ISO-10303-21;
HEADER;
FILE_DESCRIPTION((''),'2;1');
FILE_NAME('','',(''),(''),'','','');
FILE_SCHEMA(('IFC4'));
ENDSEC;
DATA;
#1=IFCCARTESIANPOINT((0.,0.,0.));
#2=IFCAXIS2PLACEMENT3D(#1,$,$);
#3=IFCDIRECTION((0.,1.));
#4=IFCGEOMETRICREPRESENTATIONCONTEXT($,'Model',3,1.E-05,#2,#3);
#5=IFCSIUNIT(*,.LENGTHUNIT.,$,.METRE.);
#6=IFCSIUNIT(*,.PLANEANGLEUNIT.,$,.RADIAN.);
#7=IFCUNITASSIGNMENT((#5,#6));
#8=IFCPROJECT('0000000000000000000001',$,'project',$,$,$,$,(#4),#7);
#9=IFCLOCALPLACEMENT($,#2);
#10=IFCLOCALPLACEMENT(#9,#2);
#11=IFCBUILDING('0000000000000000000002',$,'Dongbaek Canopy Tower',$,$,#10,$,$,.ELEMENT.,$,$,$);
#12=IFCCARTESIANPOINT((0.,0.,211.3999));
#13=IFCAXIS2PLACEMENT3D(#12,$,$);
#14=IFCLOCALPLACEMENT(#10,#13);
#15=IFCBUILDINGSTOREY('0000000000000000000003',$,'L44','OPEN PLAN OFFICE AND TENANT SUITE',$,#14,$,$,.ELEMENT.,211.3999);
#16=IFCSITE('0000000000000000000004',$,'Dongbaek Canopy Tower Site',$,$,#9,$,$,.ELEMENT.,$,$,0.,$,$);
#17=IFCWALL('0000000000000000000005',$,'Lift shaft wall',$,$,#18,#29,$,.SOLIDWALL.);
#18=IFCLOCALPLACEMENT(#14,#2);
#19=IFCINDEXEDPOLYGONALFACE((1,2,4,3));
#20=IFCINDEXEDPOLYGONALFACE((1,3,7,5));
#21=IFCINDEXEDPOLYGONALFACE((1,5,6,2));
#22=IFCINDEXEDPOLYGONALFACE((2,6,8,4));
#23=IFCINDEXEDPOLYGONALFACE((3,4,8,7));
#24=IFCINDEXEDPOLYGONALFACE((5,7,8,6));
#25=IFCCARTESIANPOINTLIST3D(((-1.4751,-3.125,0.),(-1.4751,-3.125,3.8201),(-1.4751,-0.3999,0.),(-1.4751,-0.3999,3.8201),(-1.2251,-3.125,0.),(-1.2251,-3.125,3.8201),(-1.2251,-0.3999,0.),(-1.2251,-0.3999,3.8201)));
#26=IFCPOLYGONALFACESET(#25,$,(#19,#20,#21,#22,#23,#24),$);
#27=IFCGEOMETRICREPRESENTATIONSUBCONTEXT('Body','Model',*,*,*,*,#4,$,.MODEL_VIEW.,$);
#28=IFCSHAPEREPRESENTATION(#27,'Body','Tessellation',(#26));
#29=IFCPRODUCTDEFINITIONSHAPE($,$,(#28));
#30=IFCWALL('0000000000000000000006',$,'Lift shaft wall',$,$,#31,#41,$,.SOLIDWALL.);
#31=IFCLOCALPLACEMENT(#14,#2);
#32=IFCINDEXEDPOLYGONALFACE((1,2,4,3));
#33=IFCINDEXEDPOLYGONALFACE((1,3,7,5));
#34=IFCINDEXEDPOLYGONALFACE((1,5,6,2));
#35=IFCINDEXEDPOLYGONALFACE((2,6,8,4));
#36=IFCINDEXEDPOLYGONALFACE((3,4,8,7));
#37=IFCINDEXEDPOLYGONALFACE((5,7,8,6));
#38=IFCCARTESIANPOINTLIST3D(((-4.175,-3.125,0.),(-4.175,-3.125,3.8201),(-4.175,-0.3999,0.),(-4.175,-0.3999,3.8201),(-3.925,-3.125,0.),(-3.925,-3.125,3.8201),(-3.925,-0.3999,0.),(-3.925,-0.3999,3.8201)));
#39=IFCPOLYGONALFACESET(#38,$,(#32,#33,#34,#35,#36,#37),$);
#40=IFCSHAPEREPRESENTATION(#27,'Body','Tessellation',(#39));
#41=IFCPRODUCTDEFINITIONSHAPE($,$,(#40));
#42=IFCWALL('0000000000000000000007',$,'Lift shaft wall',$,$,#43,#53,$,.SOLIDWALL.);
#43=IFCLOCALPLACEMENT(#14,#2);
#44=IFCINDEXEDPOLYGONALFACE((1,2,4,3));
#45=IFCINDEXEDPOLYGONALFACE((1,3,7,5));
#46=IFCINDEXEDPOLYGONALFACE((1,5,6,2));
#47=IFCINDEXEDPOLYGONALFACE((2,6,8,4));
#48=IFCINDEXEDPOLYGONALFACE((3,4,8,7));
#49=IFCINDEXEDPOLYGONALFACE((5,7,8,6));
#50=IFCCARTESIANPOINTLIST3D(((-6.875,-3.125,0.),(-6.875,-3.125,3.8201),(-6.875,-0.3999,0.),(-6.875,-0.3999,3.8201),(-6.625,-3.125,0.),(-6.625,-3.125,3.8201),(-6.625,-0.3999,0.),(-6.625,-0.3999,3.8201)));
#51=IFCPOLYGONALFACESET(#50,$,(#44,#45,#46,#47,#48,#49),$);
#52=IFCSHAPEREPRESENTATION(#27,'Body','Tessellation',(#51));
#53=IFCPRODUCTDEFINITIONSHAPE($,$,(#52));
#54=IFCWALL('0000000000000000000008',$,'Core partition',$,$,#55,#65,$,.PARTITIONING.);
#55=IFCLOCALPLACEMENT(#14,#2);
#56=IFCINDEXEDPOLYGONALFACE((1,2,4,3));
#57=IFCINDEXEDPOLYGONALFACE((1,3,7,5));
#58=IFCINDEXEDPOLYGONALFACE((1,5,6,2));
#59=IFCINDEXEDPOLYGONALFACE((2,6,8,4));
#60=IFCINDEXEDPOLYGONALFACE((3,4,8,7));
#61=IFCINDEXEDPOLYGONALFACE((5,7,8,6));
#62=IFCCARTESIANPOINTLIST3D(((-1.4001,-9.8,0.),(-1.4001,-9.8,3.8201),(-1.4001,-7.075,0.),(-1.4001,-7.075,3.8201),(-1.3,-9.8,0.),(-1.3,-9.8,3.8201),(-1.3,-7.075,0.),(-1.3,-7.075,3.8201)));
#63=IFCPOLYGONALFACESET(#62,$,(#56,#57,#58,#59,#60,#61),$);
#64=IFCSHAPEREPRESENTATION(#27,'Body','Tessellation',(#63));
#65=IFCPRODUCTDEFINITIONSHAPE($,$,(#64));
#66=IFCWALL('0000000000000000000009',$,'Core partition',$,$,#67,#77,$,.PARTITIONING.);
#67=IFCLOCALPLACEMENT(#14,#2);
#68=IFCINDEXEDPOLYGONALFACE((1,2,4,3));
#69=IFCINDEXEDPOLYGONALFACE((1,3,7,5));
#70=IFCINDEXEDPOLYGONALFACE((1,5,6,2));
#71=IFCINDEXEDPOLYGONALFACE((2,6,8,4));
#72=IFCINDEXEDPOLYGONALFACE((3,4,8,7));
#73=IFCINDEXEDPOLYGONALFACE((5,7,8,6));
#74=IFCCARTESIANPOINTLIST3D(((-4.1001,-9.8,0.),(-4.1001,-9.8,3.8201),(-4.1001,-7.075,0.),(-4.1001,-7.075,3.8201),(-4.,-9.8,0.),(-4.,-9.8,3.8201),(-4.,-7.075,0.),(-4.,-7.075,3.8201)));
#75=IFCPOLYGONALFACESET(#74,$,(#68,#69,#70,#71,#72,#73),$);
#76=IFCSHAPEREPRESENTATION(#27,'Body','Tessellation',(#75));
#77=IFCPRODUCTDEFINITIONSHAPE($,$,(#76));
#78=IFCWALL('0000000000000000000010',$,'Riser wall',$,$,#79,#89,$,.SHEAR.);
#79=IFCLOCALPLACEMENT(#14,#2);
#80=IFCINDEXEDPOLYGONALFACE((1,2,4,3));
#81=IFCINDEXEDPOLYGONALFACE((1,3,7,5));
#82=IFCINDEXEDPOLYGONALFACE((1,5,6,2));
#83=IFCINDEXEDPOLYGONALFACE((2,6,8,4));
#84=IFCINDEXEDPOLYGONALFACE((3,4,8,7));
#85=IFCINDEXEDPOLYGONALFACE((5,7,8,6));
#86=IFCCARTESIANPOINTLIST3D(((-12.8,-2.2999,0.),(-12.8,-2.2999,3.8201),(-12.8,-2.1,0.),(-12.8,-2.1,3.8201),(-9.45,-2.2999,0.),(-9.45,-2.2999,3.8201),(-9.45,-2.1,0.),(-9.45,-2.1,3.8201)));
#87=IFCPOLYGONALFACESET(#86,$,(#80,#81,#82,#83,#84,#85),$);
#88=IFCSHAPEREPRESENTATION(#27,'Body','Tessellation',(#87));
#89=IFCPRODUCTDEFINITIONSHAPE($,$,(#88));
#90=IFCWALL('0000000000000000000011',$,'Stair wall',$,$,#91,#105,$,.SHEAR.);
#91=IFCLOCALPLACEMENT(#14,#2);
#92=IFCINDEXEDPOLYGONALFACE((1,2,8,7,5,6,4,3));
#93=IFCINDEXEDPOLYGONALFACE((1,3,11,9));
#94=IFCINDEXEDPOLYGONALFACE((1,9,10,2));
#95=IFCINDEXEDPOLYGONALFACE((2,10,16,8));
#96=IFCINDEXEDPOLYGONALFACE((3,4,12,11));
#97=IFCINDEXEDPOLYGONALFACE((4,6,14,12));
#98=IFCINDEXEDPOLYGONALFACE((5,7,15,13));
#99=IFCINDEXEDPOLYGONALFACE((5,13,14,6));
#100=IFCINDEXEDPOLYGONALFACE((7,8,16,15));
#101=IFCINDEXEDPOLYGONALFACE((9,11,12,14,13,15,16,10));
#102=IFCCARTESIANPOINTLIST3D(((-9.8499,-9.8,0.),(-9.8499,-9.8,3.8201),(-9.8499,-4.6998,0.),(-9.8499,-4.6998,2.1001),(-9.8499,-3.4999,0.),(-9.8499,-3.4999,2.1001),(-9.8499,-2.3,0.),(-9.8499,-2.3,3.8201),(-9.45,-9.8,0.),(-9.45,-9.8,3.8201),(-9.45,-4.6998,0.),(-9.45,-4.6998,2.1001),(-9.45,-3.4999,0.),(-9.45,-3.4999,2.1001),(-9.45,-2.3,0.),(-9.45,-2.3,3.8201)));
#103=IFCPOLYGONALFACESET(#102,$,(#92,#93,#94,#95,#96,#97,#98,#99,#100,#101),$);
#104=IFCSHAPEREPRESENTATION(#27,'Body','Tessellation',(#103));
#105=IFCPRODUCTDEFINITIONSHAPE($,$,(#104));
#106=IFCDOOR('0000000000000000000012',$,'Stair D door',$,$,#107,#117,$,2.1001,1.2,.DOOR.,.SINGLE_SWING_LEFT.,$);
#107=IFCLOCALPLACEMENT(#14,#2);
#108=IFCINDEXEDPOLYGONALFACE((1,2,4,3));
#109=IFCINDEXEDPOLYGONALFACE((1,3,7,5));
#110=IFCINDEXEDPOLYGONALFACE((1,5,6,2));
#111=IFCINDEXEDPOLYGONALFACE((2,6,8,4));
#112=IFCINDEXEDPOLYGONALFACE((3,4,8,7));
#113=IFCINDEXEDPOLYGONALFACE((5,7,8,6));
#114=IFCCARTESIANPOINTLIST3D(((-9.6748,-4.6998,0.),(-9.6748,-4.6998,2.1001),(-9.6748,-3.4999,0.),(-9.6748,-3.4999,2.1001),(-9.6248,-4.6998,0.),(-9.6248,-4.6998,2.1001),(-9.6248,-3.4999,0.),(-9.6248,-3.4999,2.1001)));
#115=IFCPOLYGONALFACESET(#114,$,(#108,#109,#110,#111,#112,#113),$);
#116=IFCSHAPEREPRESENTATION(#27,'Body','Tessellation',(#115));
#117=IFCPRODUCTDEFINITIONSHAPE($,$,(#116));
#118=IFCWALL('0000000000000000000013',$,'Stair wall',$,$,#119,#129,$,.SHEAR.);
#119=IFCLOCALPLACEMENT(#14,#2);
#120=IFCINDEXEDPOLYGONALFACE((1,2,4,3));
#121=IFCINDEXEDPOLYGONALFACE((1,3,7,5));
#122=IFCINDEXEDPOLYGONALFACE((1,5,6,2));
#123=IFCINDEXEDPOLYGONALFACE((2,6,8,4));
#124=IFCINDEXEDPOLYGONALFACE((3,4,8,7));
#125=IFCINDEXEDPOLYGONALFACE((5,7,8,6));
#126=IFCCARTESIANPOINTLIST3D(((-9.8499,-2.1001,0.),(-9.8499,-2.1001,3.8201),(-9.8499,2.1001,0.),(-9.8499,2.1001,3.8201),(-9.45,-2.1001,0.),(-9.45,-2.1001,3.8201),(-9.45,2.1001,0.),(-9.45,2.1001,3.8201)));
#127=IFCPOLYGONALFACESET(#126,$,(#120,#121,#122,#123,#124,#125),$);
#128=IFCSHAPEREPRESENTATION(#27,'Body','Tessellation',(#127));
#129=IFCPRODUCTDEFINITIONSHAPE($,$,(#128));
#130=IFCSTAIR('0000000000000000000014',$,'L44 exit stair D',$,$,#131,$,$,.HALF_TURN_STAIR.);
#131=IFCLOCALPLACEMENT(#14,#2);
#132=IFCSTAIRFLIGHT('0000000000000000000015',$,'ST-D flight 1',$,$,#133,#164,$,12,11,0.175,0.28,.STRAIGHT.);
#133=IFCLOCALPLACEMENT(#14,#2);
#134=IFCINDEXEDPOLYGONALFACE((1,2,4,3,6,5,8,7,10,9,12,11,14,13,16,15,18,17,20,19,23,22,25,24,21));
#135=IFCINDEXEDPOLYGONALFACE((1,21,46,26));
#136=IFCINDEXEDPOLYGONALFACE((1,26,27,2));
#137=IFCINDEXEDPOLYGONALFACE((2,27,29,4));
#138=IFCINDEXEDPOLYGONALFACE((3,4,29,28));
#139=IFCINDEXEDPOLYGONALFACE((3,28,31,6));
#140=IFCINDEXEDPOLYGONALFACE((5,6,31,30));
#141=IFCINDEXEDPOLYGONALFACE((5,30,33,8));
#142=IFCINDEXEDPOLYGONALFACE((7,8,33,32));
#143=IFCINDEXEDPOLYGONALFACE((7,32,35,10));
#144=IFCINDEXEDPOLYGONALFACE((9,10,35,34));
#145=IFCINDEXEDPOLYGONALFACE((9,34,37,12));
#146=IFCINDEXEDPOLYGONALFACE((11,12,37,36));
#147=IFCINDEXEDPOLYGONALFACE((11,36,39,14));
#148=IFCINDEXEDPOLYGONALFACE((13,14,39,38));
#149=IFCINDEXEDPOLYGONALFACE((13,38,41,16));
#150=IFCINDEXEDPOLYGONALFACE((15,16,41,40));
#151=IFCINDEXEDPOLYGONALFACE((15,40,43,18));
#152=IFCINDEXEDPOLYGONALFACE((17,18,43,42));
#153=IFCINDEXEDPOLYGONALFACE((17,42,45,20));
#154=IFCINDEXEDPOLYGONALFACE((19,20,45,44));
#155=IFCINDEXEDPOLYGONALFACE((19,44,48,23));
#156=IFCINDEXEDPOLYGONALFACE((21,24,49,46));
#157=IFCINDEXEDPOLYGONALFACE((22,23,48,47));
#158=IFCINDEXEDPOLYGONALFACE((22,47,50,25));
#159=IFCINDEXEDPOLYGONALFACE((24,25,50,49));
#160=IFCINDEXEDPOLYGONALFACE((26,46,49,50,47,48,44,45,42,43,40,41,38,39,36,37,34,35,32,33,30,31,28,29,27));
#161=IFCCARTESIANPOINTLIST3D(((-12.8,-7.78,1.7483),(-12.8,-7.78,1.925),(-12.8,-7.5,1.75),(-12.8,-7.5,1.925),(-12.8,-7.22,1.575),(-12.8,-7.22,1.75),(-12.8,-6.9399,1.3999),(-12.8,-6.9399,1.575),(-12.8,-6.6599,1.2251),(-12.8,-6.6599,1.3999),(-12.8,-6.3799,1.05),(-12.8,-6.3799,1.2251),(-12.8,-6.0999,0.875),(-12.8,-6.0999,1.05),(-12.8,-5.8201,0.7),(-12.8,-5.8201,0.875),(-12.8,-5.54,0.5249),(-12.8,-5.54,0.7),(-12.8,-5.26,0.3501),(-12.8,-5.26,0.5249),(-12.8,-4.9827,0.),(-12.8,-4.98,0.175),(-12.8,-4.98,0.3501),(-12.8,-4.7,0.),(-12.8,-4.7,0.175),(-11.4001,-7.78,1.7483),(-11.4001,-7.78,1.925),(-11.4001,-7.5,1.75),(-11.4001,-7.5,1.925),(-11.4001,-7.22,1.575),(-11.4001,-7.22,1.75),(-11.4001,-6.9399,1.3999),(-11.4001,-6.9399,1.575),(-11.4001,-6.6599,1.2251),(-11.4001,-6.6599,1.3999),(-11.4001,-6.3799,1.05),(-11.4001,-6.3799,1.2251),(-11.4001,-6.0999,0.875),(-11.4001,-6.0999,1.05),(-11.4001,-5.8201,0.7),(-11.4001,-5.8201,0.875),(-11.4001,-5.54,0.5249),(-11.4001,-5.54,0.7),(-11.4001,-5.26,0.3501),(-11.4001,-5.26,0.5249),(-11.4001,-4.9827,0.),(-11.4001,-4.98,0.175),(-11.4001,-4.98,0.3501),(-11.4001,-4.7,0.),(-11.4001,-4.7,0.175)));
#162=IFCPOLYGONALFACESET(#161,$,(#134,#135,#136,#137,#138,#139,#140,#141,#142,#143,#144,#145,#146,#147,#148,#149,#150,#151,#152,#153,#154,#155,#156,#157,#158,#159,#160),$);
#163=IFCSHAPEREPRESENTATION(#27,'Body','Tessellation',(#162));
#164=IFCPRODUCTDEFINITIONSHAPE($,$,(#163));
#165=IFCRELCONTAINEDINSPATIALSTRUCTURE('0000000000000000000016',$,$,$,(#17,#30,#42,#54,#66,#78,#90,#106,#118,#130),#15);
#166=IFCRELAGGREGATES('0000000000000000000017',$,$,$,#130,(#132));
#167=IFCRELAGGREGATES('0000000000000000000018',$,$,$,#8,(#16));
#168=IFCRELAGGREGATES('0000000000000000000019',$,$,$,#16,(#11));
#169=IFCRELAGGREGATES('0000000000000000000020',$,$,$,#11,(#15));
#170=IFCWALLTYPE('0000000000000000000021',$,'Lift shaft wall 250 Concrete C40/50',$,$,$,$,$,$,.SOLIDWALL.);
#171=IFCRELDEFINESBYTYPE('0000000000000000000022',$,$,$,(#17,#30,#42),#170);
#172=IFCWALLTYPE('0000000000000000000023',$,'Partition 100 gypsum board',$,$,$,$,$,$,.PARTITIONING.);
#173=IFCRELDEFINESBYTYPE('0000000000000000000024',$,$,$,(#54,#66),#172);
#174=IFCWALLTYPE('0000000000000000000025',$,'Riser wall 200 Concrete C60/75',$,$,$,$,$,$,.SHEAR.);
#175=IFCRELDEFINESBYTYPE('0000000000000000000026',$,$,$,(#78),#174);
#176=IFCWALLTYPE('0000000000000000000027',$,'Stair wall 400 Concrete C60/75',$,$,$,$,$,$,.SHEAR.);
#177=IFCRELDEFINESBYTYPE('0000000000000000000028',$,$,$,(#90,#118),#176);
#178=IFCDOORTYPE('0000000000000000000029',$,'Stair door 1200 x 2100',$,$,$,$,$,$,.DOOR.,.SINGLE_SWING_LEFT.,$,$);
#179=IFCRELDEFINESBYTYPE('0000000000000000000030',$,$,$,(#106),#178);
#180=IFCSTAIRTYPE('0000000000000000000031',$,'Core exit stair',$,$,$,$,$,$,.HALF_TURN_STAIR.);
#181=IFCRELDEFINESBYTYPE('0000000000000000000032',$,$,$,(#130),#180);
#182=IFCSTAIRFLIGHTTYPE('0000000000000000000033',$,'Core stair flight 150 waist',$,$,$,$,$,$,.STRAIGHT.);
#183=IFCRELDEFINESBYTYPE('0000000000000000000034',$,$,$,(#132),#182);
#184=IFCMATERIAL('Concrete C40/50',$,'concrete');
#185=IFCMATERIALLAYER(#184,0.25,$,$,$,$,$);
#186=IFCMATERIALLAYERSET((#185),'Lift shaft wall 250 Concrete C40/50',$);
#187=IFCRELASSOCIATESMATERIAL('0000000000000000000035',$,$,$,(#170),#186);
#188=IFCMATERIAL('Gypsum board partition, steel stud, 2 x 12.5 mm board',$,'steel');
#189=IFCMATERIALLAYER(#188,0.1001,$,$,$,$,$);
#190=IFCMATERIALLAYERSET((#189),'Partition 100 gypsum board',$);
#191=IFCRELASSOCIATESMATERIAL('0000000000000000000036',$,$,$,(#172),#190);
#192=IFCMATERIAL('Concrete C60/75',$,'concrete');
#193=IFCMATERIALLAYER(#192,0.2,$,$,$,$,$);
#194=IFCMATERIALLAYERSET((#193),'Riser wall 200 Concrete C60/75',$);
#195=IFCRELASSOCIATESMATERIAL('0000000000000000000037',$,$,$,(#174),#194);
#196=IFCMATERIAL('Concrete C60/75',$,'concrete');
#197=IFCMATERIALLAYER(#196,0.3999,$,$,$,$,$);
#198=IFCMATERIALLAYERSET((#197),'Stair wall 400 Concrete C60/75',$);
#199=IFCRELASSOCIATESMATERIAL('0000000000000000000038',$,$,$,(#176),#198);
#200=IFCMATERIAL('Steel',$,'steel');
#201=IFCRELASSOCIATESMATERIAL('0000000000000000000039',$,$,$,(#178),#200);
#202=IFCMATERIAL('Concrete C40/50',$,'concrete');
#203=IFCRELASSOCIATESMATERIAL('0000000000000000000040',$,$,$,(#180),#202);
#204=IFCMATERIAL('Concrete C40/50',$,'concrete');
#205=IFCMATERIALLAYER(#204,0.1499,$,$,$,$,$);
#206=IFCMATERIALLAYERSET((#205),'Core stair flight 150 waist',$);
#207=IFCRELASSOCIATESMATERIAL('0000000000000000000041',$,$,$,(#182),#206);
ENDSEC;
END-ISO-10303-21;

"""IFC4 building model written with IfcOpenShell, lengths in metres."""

from ifc_helpers import new_model, si_unit, direction, frame, frame_2d, origin, place, context, subcontext, project, spatial, polyline, rectangle, outline, extrude, material, layer, layer_set, type_object, element, fill, aggregate, save


model = new_model("IFC4")

# Units and contexts
model_context = context("Model", 3, precision=1e-05, world=origin(), true_north=direction((0.0, 1.0)))
body_context = subcontext(model_context, "Body", "Model", "MODEL_VIEW")
ifc_project = project(units=[si_unit("LENGTHUNIT", "METRE"), si_unit("PLANEANGLEUNIT", "RADIAN")], contexts=[model_context])

# Site, building, storey
site_placement = place(None, origin())
site = spatial("IfcSite", under=ifc_project, at=site_placement, Name="Dongbaek Canopy Tower Site", CompositionType="ELEMENT", RefElevation=0.0)
building_placement = place(site_placement, origin())
building = spatial("IfcBuilding", under=site, at=building_placement, Name="Dongbaek Canopy Tower", CompositionType="ELEMENT")
storey_placement = place(building_placement, frame((0.0, 0.0, 211.3999)))
storey = spatial("IfcBuildingStorey", under=building, at=storey_placement, Name="L44", Description="OPEN PLAN OFFICE AND TENANT SUITE", CompositionType="ELEMENT", Elevation=211.3999)

# Walls
ifc_material_1 = material(Name="Concrete C40/50", Category="concrete")
ifc_layer_1 = layer(ifc_material_1, 0.25)
ifc_layer_set_1 = layer_set([ifc_layer_1], Name="Lift shaft wall 250 Concrete C40/50")
wall_type_1 = type_object("IfcWallType", Name="Lift shaft wall 250 Concrete C40/50", PredefinedType="SOLIDWALL", material=ifc_layer_set_1)
for number, where, z_axis, x_axis, name in (
    (1, (-1.3501, -3.125, 0.0), (0.0, 0.0, 1.0), (0.0, 1.0, 0.0), "Lift shaft wall"),
    (2, (-4.05, -3.125, 0.0), (0.0, 0.0, 1.0), (0.0, 1.0, 0.0), "Lift shaft wall"),
    (3, (-6.75, -3.125, 0.0), (0.0, 0.0, 1.0), (0.0, 1.0, 0.0), "Lift shaft wall"),
):
    element("IfcWall", number, at=place(storey_placement, frame(where, z_axis=z_axis, x_axis=x_axis)), inside=storey, type_object=wall_type_1, Name=name, PredefinedType="SOLIDWALL", context=body_context, shape_type="SweptSolid", body=[
        extrude(rectangle(XDim=2.7251, YDim=0.25, at=frame_2d((1.3625, 0.0))), origin(), (0.0, 0.0, 1.0), 3.8201),
    ])
ifc_material_2 = material(Name="Gypsum board partition, steel stud, 2 x 12.5 mm board", Category="steel")
ifc_layer_2 = layer(ifc_material_2, 0.1001)
ifc_layer_set_2 = layer_set([ifc_layer_2], Name="Partition 100 gypsum board")
wall_type_2 = type_object("IfcWallType", Name="Partition 100 gypsum board", PredefinedType="PARTITIONING", material=ifc_layer_set_2)
for number, where, z_axis, x_axis, name in (
    (4, (-1.3501, -9.8, 0.0), (0.0, 0.0, 1.0), (0.0, 1.0, 0.0), "Core partition"),
    (5, (-4.05, -9.8, 0.0), (0.0, 0.0, 1.0), (0.0, 1.0, 0.0), "Core partition"),
):
    element("IfcWall", number, at=place(storey_placement, frame(where, z_axis=z_axis, x_axis=x_axis)), inside=storey, type_object=wall_type_2, Name=name, PredefinedType="PARTITIONING", context=body_context, shape_type="SweptSolid", body=[
        extrude(rectangle(XDim=2.7251, YDim=0.1001, at=frame_2d((1.3625, 0.0))), origin(), (0.0, 0.0, 1.0), 3.8201),
    ])
ifc_material_3 = material(Name="Concrete C60/75", Category="concrete")
ifc_layer_3 = layer(ifc_material_3, 0.2)
ifc_layer_set_3 = layer_set([ifc_layer_3], Name="Riser wall 200 Concrete C60/75")
wall_type_3 = type_object("IfcWallType", Name="Riser wall 200 Concrete C60/75", PredefinedType="SHEAR", material=ifc_layer_set_3)
wall_1_placement = place(storey_placement, frame((-9.45, -2.2, 0.0), z_axis=(0.0, 0.0, 1.0), x_axis=(-1.0, 0.0, 0.0)))
element("IfcWall", 6, at=wall_1_placement, inside=storey, type_object=wall_type_3, Name="Riser wall", PredefinedType="SHEAR", context=body_context, shape_type="SweptSolid", body=[
    extrude(rectangle(XDim=3.3501, YDim=0.2, at=frame_2d((1.675, 0.0))), origin(), (0.0, 0.0, 1.0), 3.8201),
])

# Wall, opening, door
ifc_material_4 = material(Name="Concrete C60/75", Category="concrete")
ifc_layer_4 = layer(ifc_material_4, 0.3999)
ifc_layer_set_4 = layer_set([ifc_layer_4], Name="Stair wall 400 Concrete C60/75")
wall_type_4 = type_object("IfcWallType", Name="Stair wall 400 Concrete C60/75", PredefinedType="SHEAR", material=ifc_layer_set_4)
wall_2_placement = place(storey_placement, frame((-9.6499, -9.8, 0.0), z_axis=(0.0, 0.0, 1.0), x_axis=(0.0, 1.0, 0.0)))
wall_2 = element("IfcWall", 7, at=wall_2_placement, inside=storey, type_object=wall_type_4, Name="Stair wall", PredefinedType="SHEAR", context=body_context, shape_type="SweptSolid", body=[
    extrude(rectangle(XDim=7.5, YDim=0.3999, at=frame_2d((3.75, 0.0))), origin(), (0.0, 0.0, 1.0), 3.8201),
])
opening_1_placement = place(wall_2_placement, frame((5.1001, 0.0, 0.0)))
opening_1 = element("IfcOpeningElement", 8, at=opening_1_placement, cuts=wall_2, PredefinedType="OPENING", context=body_context, shape_type="SweptSolid", body=[
    extrude(rectangle(XDim=1.2, YDim=2.1001, at=frame_2d((0.6001, 1.05))), frame((0.0, 0.21, 0.0), z_axis=(0.0, -1.0, 0.0), x_axis=(1.0, 0.0, 0.0)), (0.0, 0.0, 1.0), 0.4199),
])
ifc_material_5 = material(Name="Steel", Category="steel")
door_type_1 = type_object("IfcDoorType", Name="Stair door 1200 x 2100", OperationType="SINGLE_SWING_LEFT", PredefinedType="DOOR", material=ifc_material_5)
door_1_placement = place(opening_1_placement, origin())
door_1 = element("IfcDoor", 9, at=door_1_placement, inside=storey, type_object=door_type_1, Name="Stair D door", OperationType="SINGLE_SWING_LEFT", OverallHeight=2.1001, OverallWidth=1.2, PredefinedType="DOOR", context=body_context, shape_type="SweptSolid", body=[
    extrude(rectangle(XDim=1.2, YDim=2.1001, at=frame_2d((0.6001, 1.05))), frame((0.0, 0.0249, 0.0), z_axis=(0.0, -1.0, 0.0), x_axis=(1.0, 0.0, 0.0)), (0.0, 0.0, 1.0), 0.05),
])
fill(opening_1, door_1)

# Wall
wall_3_placement = place(storey_placement, frame((-9.6499, -2.1001, 0.0), z_axis=(0.0, 0.0, 1.0), x_axis=(0.0, 1.0, 0.0)))
element("IfcWall", 10, at=wall_3_placement, inside=storey, type_object=wall_type_4, Name="Stair wall", PredefinedType="SHEAR", context=body_context, shape_type="SweptSolid", body=[
    extrude(rectangle(XDim=4.2002, YDim=0.3999, at=frame_2d((2.1001, 0.0))), origin(), (0.0, 0.0, 1.0), 3.8201),
])

# Stair, stair flight
ifc_material_6 = material(Name="Concrete C40/50", Category="concrete")
stair_type = type_object("IfcStairType", Name="Core exit stair", PredefinedType="HALF_TURN_STAIR", material=ifc_material_6)
stair_placement = place(storey_placement, origin())
stair = element("IfcStair", 11, at=stair_placement, inside=storey, type_object=stair_type, Name="L44 exit stair D", PredefinedType="HALF_TURN_STAIR")
ifc_material_7 = material(Name="Concrete C40/50", Category="concrete")
ifc_layer_5 = layer(ifc_material_7, 0.1499)
ifc_layer_set_5 = layer_set([ifc_layer_5], Name="Core stair flight 150 waist")
stair_flight_type = type_object("IfcStairFlightType", Name="Core stair flight 150 waist", PredefinedType="STRAIGHT", material=ifc_layer_set_5)
stair_flight_1_placement = place(storey_placement, frame((-12.1001, -4.7, 0.0), z_axis=(0.0, 0.0, 1.0), x_axis=(0.0, -1.0, 0.0)))
stair_flight_1 = element("IfcStairFlight", 12, at=stair_flight_1_placement, type_object=stair_flight_type, Name="ST-D flight 1", NumberOfRisers=12, NumberOfTreads=11, PredefinedType="STRAIGHT", RiserHeight=0.175, TreadLength=0.28, context=body_context, shape_type="SweptSolid", body=[
    extrude(outline(polyline([(0.0, 0.0), (0.0, 0.175), (0.28, 0.175), (0.28, 0.3501), (0.5601, 0.3501), (0.5601, 0.5249), (0.8401, 0.5249), (0.8401, 0.7), (1.1201, 0.7), (1.1201, 0.875), (1.3999, 0.875), (1.3999, 1.05), (1.6799, 1.05), (1.6799, 1.2251), (1.96, 1.2251), (1.96, 1.3999), (2.24, 1.3999), (2.24, 1.575), (2.52, 1.575), (2.52, 1.75), (2.8, 1.75), (2.8, 1.925), (3.0801, 1.925), (3.0801, 2.1001), (3.0801, 1.7483), (0.2827, 0.0), (0.0, 0.0)])), frame((0.0, 0.7, 0.0), z_axis=(0.0, -1.0, 0.0), x_axis=(1.0, 0.0, 0.0)), (0.0, 0.0, 1.0), 1.3999),
])
aggregate(stair, [stair_flight_1])

save(model, "model.ifc")
